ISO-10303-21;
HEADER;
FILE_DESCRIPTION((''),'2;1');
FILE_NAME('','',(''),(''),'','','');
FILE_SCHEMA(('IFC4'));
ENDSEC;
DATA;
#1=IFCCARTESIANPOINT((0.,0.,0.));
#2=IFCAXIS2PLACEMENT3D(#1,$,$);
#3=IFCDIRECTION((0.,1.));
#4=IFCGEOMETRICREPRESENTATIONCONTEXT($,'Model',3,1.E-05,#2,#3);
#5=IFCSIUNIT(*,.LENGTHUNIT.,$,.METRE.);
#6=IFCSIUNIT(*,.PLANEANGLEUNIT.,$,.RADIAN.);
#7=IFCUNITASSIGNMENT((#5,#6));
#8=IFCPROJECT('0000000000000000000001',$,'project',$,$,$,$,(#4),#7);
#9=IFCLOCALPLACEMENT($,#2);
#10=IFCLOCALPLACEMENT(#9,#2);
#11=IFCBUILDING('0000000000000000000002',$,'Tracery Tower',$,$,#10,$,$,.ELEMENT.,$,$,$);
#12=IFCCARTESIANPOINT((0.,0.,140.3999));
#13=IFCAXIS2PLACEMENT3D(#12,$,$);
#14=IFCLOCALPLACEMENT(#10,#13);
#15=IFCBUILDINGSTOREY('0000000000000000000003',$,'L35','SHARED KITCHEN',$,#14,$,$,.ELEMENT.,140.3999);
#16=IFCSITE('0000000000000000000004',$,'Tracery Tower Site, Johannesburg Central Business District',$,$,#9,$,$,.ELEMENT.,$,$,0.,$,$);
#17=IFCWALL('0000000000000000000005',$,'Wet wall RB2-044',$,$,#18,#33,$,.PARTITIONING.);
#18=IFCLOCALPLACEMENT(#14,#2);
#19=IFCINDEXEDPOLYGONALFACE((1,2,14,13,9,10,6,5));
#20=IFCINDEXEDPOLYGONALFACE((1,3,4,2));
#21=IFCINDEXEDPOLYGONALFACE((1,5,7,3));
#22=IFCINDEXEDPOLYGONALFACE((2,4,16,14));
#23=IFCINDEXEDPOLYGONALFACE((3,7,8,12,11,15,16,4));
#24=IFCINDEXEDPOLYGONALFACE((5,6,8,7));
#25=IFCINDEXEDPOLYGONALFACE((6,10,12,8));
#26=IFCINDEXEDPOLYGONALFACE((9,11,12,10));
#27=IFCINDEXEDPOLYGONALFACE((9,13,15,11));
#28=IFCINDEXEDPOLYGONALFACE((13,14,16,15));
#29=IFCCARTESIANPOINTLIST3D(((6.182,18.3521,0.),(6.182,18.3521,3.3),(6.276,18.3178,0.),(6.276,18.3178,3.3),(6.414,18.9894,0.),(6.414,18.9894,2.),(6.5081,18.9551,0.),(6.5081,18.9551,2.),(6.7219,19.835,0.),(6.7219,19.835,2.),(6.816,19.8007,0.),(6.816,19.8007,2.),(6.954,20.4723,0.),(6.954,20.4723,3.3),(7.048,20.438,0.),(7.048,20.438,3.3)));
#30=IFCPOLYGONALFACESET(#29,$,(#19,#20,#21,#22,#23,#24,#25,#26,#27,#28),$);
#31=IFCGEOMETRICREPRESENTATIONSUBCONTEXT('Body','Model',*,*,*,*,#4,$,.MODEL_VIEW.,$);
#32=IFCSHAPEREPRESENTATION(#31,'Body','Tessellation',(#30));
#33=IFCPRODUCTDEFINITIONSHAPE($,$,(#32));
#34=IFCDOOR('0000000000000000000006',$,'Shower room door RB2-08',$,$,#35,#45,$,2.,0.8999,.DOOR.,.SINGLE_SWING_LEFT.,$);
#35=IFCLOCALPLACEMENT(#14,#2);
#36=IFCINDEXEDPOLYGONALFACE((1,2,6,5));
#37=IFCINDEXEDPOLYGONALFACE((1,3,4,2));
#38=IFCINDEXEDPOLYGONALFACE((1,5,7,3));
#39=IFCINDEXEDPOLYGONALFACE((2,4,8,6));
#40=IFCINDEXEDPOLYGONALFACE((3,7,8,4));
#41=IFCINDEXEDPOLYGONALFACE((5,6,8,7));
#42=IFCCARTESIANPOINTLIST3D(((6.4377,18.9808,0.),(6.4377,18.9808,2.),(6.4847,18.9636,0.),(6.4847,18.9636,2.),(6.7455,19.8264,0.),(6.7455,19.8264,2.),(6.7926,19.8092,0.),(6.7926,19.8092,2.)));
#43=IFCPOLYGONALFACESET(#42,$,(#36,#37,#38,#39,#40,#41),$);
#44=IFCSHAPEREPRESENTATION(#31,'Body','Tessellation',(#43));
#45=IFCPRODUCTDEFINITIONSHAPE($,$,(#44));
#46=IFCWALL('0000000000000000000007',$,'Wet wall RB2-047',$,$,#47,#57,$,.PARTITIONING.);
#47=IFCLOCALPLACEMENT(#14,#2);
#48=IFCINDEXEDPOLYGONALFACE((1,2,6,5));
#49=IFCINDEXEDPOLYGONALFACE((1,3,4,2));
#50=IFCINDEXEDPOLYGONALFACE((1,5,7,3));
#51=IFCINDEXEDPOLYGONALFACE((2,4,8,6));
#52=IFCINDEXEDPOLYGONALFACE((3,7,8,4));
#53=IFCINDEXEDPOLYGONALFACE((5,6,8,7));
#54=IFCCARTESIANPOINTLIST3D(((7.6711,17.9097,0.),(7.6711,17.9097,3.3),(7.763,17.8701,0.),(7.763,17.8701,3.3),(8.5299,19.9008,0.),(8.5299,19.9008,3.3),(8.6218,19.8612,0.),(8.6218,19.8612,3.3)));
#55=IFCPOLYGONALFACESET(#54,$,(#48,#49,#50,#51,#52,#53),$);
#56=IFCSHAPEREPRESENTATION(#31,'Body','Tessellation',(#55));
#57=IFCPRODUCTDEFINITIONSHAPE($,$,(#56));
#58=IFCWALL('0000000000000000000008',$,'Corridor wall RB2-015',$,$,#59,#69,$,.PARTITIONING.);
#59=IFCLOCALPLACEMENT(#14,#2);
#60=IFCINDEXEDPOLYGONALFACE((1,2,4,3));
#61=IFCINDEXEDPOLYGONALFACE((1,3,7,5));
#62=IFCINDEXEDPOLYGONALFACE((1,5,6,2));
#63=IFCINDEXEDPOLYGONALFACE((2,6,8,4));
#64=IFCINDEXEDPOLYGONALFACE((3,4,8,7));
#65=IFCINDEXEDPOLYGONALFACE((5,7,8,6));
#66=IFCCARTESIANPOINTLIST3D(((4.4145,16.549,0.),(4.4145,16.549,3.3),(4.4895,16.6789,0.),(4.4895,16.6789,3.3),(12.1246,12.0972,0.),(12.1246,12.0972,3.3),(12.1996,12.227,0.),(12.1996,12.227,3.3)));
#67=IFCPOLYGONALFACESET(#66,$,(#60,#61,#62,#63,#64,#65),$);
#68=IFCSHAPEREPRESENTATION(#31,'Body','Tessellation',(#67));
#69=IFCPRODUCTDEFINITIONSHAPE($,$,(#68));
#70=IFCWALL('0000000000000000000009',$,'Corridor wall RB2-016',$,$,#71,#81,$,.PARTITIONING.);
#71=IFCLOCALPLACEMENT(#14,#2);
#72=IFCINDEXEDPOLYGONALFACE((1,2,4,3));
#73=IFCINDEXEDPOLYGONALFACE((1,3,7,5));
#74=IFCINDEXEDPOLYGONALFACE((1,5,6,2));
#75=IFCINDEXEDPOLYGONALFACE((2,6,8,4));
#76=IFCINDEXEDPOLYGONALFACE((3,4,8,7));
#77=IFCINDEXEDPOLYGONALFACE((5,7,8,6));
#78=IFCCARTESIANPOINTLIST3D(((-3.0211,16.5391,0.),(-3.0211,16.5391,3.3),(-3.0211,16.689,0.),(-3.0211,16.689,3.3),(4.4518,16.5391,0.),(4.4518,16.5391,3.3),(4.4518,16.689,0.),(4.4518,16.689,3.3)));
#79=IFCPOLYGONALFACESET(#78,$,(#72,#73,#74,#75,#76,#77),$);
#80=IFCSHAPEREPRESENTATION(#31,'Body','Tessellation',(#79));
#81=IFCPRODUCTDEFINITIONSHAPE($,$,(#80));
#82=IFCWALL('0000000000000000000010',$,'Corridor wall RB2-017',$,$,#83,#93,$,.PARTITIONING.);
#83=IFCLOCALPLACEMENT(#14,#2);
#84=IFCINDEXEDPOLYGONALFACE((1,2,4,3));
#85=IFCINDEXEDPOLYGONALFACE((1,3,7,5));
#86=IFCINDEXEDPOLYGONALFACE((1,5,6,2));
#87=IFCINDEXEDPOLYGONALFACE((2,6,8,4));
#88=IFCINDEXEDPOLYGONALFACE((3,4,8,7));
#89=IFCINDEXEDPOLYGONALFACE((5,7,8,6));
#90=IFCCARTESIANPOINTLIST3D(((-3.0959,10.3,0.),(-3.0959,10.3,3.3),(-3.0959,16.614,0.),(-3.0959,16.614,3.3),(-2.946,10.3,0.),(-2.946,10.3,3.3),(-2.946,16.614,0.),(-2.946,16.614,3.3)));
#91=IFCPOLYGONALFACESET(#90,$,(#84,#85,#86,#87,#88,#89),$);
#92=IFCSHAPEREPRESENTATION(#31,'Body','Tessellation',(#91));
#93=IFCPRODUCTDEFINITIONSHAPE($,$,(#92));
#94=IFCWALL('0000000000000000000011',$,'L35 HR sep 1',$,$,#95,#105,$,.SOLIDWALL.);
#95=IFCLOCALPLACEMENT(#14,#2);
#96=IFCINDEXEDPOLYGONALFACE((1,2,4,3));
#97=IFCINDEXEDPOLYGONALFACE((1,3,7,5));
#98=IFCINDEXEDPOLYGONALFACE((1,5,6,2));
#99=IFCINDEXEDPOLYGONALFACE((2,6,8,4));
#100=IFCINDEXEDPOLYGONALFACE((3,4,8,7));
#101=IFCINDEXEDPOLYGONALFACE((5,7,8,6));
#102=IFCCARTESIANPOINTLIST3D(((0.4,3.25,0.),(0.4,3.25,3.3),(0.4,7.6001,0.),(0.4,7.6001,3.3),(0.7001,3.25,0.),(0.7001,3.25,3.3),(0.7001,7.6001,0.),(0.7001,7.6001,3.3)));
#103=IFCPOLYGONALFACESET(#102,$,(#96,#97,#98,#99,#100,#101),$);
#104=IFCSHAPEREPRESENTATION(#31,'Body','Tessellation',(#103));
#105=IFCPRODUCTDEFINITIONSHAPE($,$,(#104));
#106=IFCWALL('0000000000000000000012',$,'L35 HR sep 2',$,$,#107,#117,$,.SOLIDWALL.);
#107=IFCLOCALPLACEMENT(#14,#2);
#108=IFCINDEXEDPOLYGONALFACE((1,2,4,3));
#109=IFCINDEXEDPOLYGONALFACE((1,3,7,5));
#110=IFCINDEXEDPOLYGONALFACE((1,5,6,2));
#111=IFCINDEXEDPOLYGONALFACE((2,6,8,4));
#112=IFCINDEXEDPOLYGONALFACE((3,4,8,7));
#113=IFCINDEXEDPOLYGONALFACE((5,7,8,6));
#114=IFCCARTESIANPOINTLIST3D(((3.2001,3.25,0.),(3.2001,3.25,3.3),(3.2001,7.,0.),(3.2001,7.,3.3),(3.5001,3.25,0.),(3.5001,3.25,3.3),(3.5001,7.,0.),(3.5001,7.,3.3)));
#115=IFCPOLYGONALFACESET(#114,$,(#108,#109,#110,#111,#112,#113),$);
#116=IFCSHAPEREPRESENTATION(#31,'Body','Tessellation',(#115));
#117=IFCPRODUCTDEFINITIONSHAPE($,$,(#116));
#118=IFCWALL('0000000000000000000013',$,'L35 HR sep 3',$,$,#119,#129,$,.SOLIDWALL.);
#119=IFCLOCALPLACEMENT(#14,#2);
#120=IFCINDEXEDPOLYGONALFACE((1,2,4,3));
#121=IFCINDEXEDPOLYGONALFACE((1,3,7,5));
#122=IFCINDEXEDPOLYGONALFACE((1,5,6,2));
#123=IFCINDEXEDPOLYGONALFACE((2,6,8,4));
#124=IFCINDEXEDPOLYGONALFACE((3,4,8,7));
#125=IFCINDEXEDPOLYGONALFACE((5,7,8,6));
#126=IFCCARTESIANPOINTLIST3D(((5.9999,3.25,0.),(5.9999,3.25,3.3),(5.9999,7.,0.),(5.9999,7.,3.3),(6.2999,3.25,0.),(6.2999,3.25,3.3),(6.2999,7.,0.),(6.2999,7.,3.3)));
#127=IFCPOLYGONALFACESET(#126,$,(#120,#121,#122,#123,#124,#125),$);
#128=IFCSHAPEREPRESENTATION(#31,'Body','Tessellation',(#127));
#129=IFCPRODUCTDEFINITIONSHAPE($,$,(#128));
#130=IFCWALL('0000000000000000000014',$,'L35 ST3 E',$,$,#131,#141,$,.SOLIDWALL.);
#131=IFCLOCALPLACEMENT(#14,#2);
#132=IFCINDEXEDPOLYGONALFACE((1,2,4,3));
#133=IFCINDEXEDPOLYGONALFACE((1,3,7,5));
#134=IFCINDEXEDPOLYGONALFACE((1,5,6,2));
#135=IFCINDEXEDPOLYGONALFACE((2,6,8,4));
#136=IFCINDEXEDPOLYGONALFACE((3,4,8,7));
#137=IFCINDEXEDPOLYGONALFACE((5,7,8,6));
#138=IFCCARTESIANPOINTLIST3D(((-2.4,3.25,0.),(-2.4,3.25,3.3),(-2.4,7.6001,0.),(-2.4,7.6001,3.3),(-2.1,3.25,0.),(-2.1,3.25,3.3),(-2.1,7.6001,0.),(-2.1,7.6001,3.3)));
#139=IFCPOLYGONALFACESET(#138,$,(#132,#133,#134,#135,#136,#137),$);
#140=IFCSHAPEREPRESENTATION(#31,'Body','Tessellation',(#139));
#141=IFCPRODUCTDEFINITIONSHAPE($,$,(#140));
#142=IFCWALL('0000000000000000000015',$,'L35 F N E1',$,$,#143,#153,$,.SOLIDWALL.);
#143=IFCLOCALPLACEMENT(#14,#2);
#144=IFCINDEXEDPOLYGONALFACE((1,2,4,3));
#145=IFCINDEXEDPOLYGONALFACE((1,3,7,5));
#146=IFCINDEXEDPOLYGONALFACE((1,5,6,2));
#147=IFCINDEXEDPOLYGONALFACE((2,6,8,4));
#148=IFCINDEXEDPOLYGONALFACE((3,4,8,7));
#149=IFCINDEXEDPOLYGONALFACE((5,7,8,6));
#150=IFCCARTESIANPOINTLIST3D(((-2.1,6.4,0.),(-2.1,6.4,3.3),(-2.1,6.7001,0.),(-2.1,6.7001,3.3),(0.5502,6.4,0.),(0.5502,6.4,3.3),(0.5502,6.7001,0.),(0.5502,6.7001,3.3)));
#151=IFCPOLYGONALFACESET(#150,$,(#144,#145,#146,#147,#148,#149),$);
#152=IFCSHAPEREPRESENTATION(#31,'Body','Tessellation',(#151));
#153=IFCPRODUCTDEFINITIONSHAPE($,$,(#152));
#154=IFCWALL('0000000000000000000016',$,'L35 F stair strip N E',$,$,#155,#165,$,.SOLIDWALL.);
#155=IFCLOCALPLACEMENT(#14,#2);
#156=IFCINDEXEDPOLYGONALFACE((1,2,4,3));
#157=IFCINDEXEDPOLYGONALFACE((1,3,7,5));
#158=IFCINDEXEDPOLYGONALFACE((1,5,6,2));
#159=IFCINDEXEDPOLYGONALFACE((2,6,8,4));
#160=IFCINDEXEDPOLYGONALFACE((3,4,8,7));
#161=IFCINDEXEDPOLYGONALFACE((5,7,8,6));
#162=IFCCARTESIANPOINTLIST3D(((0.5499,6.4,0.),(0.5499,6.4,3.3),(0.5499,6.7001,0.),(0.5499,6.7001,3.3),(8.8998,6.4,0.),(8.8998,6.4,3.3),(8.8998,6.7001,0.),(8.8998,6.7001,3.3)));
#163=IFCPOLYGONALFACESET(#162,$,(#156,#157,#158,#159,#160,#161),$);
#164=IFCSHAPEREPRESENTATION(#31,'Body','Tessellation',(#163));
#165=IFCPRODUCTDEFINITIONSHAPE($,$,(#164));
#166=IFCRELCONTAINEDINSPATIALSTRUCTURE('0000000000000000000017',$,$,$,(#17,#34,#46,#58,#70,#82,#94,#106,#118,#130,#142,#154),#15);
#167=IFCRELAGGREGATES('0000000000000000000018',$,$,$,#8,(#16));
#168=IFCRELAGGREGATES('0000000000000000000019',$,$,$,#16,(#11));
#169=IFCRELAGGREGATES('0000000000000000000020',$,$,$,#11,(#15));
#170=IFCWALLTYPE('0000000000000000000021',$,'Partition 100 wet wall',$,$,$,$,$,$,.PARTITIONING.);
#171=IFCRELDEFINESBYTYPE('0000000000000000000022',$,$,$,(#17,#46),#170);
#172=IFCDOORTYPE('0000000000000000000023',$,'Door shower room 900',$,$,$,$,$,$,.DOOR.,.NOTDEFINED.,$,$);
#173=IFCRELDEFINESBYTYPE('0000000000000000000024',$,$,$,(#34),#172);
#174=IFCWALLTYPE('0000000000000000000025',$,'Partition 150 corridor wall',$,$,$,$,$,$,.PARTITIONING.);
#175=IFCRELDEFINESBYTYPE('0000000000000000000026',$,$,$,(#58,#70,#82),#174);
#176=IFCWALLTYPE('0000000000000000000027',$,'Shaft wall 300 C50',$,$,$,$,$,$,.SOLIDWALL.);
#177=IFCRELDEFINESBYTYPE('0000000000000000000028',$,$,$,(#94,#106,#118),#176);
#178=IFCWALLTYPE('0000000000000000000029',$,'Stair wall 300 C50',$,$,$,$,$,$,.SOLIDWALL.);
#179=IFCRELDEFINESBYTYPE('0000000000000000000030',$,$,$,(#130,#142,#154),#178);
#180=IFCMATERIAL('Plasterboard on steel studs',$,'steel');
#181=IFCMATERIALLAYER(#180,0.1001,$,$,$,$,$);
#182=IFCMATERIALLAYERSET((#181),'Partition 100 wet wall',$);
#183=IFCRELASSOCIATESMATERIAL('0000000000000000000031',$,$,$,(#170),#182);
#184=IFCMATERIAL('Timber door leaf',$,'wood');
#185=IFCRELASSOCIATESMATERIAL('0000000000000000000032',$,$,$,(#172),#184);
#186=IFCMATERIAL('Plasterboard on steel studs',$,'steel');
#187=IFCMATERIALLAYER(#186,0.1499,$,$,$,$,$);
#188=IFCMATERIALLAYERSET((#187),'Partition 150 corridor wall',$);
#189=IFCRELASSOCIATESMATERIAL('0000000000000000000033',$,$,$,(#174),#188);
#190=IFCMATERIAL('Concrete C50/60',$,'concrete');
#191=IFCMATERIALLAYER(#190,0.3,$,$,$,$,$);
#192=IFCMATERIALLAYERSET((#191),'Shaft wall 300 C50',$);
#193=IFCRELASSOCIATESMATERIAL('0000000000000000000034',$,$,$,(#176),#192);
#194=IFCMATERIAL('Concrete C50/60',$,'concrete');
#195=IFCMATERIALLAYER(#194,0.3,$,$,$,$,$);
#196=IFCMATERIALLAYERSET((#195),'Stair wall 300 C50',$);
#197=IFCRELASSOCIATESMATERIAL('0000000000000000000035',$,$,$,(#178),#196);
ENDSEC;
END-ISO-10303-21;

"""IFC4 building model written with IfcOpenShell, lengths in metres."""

from ifc_helpers import new_model, si_unit, direction, frame, frame_2d, origin, place, context, subcontext, project, spatial, rectangle, extrude, material, layer, layer_set, type_object, element, fill, save


model = new_model("IFC4")

# Units and contexts
model_context = context("Model", 3, precision=1e-05, world=origin(), true_north=direction((0.0, 1.0)))
body_context = subcontext(model_context, "Body", "Model", "MODEL_VIEW")
ifc_project = project(units=[si_unit("LENGTHUNIT", "METRE"), si_unit("PLANEANGLEUNIT", "RADIAN")], contexts=[model_context])

# Site, building, storey
site_placement = place(None, origin())
site = spatial("IfcSite", under=ifc_project, at=site_placement, Name="Tracery Tower Site, Johannesburg Central Business District", CompositionType="ELEMENT", RefElevation=0.0)
building_placement = place(site_placement, origin())
building = spatial("IfcBuilding", under=site, at=building_placement, Name="Tracery Tower", CompositionType="ELEMENT")
storey_placement = place(building_placement, frame((0.0, 0.0, 140.3999)))
storey = spatial("IfcBuildingStorey", under=building, at=storey_placement, Name="L35", Description="SHARED KITCHEN", CompositionType="ELEMENT", Elevation=140.3999)

# Wall, opening, door
ifc_material_1 = material(Name="Plasterboard on steel studs", Category="steel")
ifc_layer_1 = layer(ifc_material_1, 0.1001)
ifc_layer_set_1 = layer_set([ifc_layer_1], Name="Partition 100 wet wall")
wall_type_1 = type_object("IfcWallType", Name="Partition 100 wet wall", PredefinedType="PARTITIONING", material=ifc_layer_set_1)
wall_1_placement = place(storey_placement, frame((6.229, 18.335, 0.0), z_axis=(0.0, 0.0, 1.0), x_axis=(0.342143, 0.939648, 0.0)))
wall_1 = element("IfcWall", 1, at=wall_1_placement, inside=storey, type_object=wall_type_1, Name="Wet wall RB2-044", PredefinedType="PARTITIONING", context=body_context, shape_type="SweptSolid", body=[
    extrude(rectangle(XDim=2.2563, YDim=0.1001, at=frame_2d((1.1282, 0.0))), origin(), (0.0, 0.0, 1.0), 3.3),
])
opening_1_placement = place(wall_1_placement, frame((0.6782, 0.0, 0.0)))
opening_1 = element("IfcOpeningElement", 2, at=opening_1_placement, cuts=wall_1, PredefinedType="OPENING", context=body_context, shape_type="SweptSolid", body=[
    extrude(rectangle(XDim=0.8999, YDim=2.0, at=frame_2d((0.45, 1.0))), frame((0.0, 0.05, 0.0), z_axis=(0.0, -1.0, 0.0), x_axis=(1.0, 0.0, 0.0)), (0.0, 0.0, 1.0), 0.1001),
])
ifc_material_2 = material(Name="Timber door leaf", Category="wood")
door_type_1 = type_object("IfcDoorType", Name="Door shower room 900", OperationType="NOTDEFINED", PredefinedType="DOOR", material=ifc_material_2)
door_1_placement = place(opening_1_placement, origin())
door_1 = element("IfcDoor", 3, at=door_1_placement, inside=storey, type_object=door_type_1, Name="Shower room door RB2-08", OperationType="SINGLE_SWING_LEFT", OverallHeight=2.0, OverallWidth=0.8999, PredefinedType="DOOR", context=body_context, shape_type="SweptSolid", body=[
    extrude(rectangle(XDim=0.8999, YDim=2.0, at=frame_2d((0.45, 1.0))), frame((0.0, 0.0249, 0.0), z_axis=(0.0, -1.0, 0.0), x_axis=(1.0, 0.0, 0.0)), (0.0, 0.0, 1.0), 0.05),
])
fill(opening_1, door_1)

# Walls
wall_2_placement = place(storey_placement, frame((7.717, 17.8899, 0.0), z_axis=(0.0, 0.0, 1.0), x_axis=(0.396065, 0.918222, 0.0)))
element("IfcWall", 4, at=wall_2_placement, inside=storey, type_object=wall_type_1, Name="Wet wall RB2-047", PredefinedType="PARTITIONING", context=body_context, shape_type="SweptSolid", body=[
    extrude(rectangle(XDim=2.1685, YDim=0.1001, at=frame_2d((1.0842, 0.0))), origin(), (0.0, 0.0, 1.0), 3.3),
])
ifc_material_3 = material(Name="Plasterboard on steel studs", Category="steel")
ifc_layer_2 = layer(ifc_material_3, 0.1499)
ifc_layer_set_2 = layer_set([ifc_layer_2], Name="Partition 150 corridor wall")
wall_type_2 = type_object("IfcWallType", Name="Partition 150 corridor wall", PredefinedType="PARTITIONING", material=ifc_layer_set_2)
wall_3_placement = place(storey_placement, frame((4.4519, 16.614, 0.0), z_axis=(0.0, 0.0, 1.0), x_axis=(0.866005, -0.500035, 0.0)))
element("IfcWall", 5, at=wall_3_placement, inside=storey, type_object=wall_type_2, Name="Corridor wall RB2-015", PredefinedType="PARTITIONING", context=body_context, shape_type="SweptSolid", body=[
    extrude(rectangle(XDim=8.9031, YDim=0.1499, at=frame_2d((4.4517, 0.0))), origin(), (0.0, 0.0, 1.0), 3.3),
])
wall_4_placement = place(storey_placement, frame((-3.021, 16.614, 0.0), z_axis=(0.0, 0.0, 1.0), x_axis=(1.0, 0.0, 0.0)))
element("IfcWall", 6, at=wall_4_placement, inside=storey, type_object=wall_type_2, Name="Corridor wall RB2-016", PredefinedType="PARTITIONING", context=body_context, shape_type="SweptSolid", body=[
    extrude(rectangle(XDim=7.4729, YDim=0.1499, at=frame_2d((3.7363, 0.0))), origin(), (0.0, 0.0, 1.0), 3.3),
])
wall_5_placement = place(storey_placement, frame((-3.021, 10.3, 0.0), z_axis=(0.0, 0.0, 1.0), x_axis=(0.0, 1.0, 0.0)))
element("IfcWall", 7, at=wall_5_placement, inside=storey, type_object=wall_type_2, Name="Corridor wall RB2-017", PredefinedType="PARTITIONING", context=body_context, shape_type="SweptSolid", body=[
    extrude(rectangle(XDim=6.314, YDim=0.1499, at=frame_2d((3.157, 0.0))), origin(), (0.0, 0.0, 1.0), 3.3),
])
ifc_material_4 = material(Name="Concrete C50/60", Category="concrete")
ifc_layer_3 = layer(ifc_material_4, 0.3)
ifc_layer_set_3 = layer_set([ifc_layer_3], Name="Shaft wall 300 C50")
wall_type_3 = type_object("IfcWallType", Name="Shaft wall 300 C50", PredefinedType="SOLIDWALL", material=ifc_layer_set_3)
wall_6_placement = place(storey_placement, frame((0.55, 3.25, 0.0), z_axis=(0.0, 0.0, 1.0), x_axis=(0.0, 1.0, 0.0)))
element("IfcWall", 8, at=wall_6_placement, inside=storey, type_object=wall_type_3, Name="L35 HR sep 1", PredefinedType="SOLIDWALL", context=body_context, shape_type="SweptSolid", body=[
    extrude(rectangle(XDim=4.3501, YDim=0.3, at=frame_2d((2.175, 0.0))), origin(), (0.0, 0.0, 1.0), 3.3),
])
for number, where, z_axis, x_axis, name in (
    (9, (3.3501, 3.25, 0.0), (0.0, 0.0, 1.0), (0.0, 1.0, 0.0), "L35 HR sep 2"),
    (10, (6.1499, 3.25, 0.0), (0.0, 0.0, 1.0), (0.0, 1.0, 0.0), "L35 HR sep 3"),
):
    element("IfcWall", number, at=place(storey_placement, frame(where, z_axis=z_axis, x_axis=x_axis)), inside=storey, type_object=wall_type_3, Name=name, PredefinedType="SOLIDWALL", context=body_context, shape_type="SweptSolid", body=[
        extrude(rectangle(XDim=3.75, YDim=0.3, at=frame_2d((1.875, 0.0))), origin(), (0.0, 0.0, 1.0), 3.3),
    ])

# Walls
ifc_material_5 = material(Name="Concrete C50/60", Category="concrete")
ifc_layer_4 = layer(ifc_material_5, 0.3)
ifc_layer_set_4 = layer_set([ifc_layer_4], Name="Stair wall 300 C50")
wall_type_4 = type_object("IfcWallType", Name="Stair wall 300 C50", PredefinedType="SOLIDWALL", material=ifc_layer_set_4)
wall_7_placement = place(storey_placement, frame((-2.25, 3.25, 0.0), z_axis=(0.0, 0.0, 1.0), x_axis=(0.0, 1.0, 0.0)))
element("IfcWall", 11, at=wall_7_placement, inside=storey, type_object=wall_type_4, Name="L35 ST3 E", PredefinedType="SOLIDWALL", context=body_context, shape_type="SweptSolid", body=[
    extrude(rectangle(XDim=4.3501, YDim=0.3, at=frame_2d((2.175, 0.0))), origin(), (0.0, 0.0, 1.0), 3.3),
])
wall_8_placement = place(storey_placement, frame((-2.1001, 6.55, 0.0), z_axis=(0.0, 0.0, 1.0), x_axis=(1.0, 0.0, 0.0)))
element("IfcWall", 12, at=wall_8_placement, inside=storey, type_object=wall_type_4, Name="L35 F N E1", PredefinedType="SOLIDWALL", context=body_context, shape_type="SweptSolid", body=[
    extrude(rectangle(XDim=2.6501, YDim=0.3, at=frame_2d((1.3252, 0.0))), origin(), (0.0, 0.0, 1.0), 3.3),
])
wall_9_placement = place(storey_placement, frame((0.55, 6.55, 0.0), z_axis=(0.0, 0.0, 1.0), x_axis=(1.0, 0.0, 0.0)))
element("IfcWall", 13, at=wall_9_placement, inside=storey, type_object=wall_type_4, Name="L35 F stair strip N E", PredefinedType="SOLIDWALL", context=body_context, shape_type="SweptSolid", body=[
    extrude(rectangle(XDim=8.3499, YDim=0.3, at=frame_2d((4.1748, 0.0))), origin(), (0.0, 0.0, 1.0), 3.3),
])

save(model, "model.ifc")
